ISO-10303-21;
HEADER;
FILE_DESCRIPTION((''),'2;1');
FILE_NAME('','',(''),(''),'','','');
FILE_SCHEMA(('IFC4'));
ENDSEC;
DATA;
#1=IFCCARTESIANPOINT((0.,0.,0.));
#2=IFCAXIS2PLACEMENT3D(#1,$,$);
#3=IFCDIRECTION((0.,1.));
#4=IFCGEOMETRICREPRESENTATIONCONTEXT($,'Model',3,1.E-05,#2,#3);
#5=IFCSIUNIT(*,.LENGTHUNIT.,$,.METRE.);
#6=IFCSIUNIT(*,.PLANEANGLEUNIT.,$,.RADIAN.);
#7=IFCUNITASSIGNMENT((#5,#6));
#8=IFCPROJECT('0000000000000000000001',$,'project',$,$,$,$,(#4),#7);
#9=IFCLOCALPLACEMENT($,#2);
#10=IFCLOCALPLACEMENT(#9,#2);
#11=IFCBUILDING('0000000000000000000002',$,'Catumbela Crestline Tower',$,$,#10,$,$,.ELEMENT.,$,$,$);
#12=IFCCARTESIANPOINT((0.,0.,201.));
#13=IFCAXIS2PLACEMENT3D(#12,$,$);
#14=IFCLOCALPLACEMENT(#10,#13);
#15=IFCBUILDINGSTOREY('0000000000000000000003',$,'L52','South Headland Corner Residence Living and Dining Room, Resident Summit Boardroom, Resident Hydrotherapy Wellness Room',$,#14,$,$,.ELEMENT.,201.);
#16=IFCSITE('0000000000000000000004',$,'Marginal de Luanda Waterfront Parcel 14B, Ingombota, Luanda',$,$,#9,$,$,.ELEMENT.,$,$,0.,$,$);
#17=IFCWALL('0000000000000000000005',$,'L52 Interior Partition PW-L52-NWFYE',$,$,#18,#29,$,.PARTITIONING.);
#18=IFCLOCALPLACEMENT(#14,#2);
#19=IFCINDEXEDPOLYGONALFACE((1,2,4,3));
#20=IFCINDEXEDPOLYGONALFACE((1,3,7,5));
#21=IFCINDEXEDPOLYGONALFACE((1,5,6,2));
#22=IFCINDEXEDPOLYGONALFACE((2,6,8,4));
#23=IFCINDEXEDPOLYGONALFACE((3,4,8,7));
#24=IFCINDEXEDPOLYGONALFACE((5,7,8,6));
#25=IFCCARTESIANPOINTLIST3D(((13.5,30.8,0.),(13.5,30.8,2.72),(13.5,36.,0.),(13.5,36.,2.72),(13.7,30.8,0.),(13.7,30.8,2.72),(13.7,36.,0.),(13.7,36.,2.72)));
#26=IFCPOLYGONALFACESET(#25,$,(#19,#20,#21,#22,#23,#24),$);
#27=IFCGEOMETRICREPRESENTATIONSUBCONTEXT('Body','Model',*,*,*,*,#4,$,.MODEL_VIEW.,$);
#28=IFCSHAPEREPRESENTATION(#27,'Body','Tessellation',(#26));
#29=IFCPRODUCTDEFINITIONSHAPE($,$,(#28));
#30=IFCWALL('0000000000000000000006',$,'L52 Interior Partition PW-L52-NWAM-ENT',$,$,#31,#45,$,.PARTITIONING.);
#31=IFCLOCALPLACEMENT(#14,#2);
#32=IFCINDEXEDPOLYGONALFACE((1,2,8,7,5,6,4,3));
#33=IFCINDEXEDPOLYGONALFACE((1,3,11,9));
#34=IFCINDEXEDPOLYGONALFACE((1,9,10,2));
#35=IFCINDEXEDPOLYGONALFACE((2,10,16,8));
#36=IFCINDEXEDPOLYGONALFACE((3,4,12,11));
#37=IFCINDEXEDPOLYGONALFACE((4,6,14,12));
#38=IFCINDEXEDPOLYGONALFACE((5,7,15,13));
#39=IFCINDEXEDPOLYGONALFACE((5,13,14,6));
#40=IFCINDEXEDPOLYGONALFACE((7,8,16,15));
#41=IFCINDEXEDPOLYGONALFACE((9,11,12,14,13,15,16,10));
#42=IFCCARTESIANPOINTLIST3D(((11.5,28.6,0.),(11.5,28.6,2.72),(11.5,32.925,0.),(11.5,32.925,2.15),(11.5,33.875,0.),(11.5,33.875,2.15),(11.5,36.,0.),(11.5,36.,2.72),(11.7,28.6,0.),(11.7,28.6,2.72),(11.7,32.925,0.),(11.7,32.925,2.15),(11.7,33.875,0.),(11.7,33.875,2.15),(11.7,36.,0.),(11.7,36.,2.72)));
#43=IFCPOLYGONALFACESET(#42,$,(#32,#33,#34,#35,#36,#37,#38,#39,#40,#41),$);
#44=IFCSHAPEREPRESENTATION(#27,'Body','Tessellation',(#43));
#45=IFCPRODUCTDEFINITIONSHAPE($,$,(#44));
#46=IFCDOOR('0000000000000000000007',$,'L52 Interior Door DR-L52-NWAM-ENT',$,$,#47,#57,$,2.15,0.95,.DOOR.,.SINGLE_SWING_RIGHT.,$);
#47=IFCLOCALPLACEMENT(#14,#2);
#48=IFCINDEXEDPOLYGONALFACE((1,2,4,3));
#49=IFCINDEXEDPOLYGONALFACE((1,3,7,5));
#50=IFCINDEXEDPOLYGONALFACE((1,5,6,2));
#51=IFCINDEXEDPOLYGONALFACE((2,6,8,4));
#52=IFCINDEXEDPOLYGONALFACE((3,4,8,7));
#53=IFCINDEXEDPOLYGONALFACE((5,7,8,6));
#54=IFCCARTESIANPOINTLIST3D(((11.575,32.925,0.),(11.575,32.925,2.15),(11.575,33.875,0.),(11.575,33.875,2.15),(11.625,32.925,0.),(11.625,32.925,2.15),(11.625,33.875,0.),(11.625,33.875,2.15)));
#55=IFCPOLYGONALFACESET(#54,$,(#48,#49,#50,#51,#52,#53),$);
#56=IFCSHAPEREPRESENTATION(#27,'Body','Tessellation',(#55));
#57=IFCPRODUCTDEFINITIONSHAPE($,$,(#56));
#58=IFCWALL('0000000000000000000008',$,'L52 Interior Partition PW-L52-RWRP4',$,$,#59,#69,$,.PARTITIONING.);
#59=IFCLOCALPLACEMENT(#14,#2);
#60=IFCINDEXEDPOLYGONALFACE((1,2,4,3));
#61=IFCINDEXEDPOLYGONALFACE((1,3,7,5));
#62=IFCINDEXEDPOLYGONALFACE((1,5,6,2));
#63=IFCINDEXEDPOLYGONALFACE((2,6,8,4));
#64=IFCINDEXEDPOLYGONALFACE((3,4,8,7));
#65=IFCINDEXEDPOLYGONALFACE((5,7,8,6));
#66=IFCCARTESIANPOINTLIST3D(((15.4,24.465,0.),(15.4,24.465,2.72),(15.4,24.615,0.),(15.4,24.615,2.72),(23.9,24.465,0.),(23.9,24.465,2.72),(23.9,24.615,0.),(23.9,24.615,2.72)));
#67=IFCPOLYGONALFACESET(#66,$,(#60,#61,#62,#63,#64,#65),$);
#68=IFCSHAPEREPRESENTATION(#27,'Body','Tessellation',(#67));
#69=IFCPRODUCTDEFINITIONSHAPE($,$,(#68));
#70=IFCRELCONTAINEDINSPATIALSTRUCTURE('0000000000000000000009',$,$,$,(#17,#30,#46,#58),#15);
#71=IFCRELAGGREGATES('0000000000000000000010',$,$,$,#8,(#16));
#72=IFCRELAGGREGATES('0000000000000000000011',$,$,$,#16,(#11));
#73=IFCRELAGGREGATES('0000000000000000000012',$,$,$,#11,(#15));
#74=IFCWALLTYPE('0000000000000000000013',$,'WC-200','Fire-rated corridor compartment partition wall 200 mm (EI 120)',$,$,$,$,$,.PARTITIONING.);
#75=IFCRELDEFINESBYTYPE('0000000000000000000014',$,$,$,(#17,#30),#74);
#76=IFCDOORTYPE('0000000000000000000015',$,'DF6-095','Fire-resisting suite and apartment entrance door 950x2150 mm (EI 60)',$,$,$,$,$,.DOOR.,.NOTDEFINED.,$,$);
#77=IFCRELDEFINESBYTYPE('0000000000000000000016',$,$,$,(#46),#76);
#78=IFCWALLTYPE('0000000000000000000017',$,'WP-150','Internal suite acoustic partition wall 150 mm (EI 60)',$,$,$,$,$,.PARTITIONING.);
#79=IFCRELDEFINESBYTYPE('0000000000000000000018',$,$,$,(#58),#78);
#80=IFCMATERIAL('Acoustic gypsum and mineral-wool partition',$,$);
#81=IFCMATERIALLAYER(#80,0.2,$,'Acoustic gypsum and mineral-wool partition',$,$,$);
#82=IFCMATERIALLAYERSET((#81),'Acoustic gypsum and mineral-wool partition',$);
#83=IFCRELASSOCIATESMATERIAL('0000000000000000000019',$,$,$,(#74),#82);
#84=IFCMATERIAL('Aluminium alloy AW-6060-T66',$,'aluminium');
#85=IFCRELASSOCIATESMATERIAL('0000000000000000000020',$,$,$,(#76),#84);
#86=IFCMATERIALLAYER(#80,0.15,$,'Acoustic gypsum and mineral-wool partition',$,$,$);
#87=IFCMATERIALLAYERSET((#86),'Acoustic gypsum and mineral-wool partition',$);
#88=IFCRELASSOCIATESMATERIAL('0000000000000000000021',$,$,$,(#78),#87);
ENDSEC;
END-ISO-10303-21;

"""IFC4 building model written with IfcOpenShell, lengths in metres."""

from ifc_helpers import new_model, si_unit, direction, frame, frame_2d, origin, place, context, subcontext, project, spatial, rectangle, extrude, material, layer, layer_set, type_object, element, fill, save


model = new_model("IFC4")

# Units and contexts
model_context = context("Model", 3, precision=1e-05, world=origin(), true_north=direction((0.0, 1.0)))
body_context = subcontext(model_context, "Body", "Model", "MODEL_VIEW")
ifc_project = project(units=[si_unit("LENGTHUNIT", "METRE"), si_unit("PLANEANGLEUNIT", "RADIAN")], contexts=[model_context])

# Site, building, storey
site_placement = place(None, origin())
site = spatial("IfcSite", under=ifc_project, at=site_placement, Name="Marginal de Luanda Waterfront Parcel 14B, Ingombota, Luanda", CompositionType="ELEMENT", RefElevation=0.0)
building_placement = place(site_placement, origin())
building = spatial("IfcBuilding", under=site, at=building_placement, Name="Catumbela Crestline Tower", CompositionType="ELEMENT")
storey_placement = place(building_placement, frame((0.0, 0.0, 201.0)))
storey = spatial("IfcBuildingStorey", under=building, at=storey_placement, Name="L52", Description="South Headland Corner Residence Living and Dining Room, Resident Summit Boardroom, Resident Hydrotherapy Wellness Room", CompositionType="ELEMENT", Elevation=201.0)

# Shared definitions
ifc_material_1 = material(Name="Acoustic gypsum and mineral-wool partition")
ifc_layer_1 = layer(ifc_material_1, 0.2, Name="Acoustic gypsum and mineral-wool partition")
ifc_layer_set_1 = layer_set([ifc_layer_1], Name="Acoustic gypsum and mineral-wool partition")
wall_type_1 = type_object("IfcWallType", Name="WC-200", Description="Fire-rated corridor compartment partition wall 200 mm (EI 120)", PredefinedType="PARTITIONING", material=ifc_layer_set_1)

# Shared definitions
ifc_material_2 = material(Name="Aluminium alloy AW-6060-T66", Category="aluminium")
door_type_1 = type_object("IfcDoorType", Name="DF6-095", Description="Fire-resisting suite and apartment entrance door 950x2150 mm (EI 60)", OperationType="NOTDEFINED", PredefinedType="DOOR", material=ifc_material_2)

# Wall
wall_1_placement = place(storey_placement, frame((13.6, 30.8, 0.0), z_axis=(0.0, 0.0, 1.0), x_axis=(0.0, 1.0, 0.0)))
element("IfcWall", 1, at=wall_1_placement, inside=storey, type_object=wall_type_1, Name="L52 Interior Partition PW-L52-NWFYE", PredefinedType="PARTITIONING", context=body_context, shape_type="SweptSolid", body=[
    extrude(rectangle(XDim=5.2, YDim=0.2, at=frame_2d((2.6, 0.0))), origin(), (0.0, 0.0, 1.0), 2.72),
])

# Wall, opening, door
wall_2_placement = place(storey_placement, frame((11.6, 28.6, 0.0), z_axis=(0.0, 0.0, 1.0), x_axis=(0.0, 1.0, 0.0)))
wall_2 = element("IfcWall", 2, at=wall_2_placement, inside=storey, type_object=wall_type_1, Name="L52 Interior Partition PW-L52-NWAM-ENT", PredefinedType="PARTITIONING", context=body_context, shape_type="SweptSolid", body=[
    extrude(rectangle(XDim=7.4, YDim=0.2, at=frame_2d((3.7, 0.0))), origin(), (0.0, 0.0, 1.0), 2.72),
])
opening_1_placement = place(wall_2_placement, frame((4.325, 0.0, 0.0)))
opening_1 = element("IfcOpeningElement", 3, at=opening_1_placement, cuts=wall_2, PredefinedType="OPENING", context=body_context, shape_type="SweptSolid", body=[
    extrude(rectangle(XDim=0.95, YDim=2.15, at=frame_2d((0.475, 1.075))), frame((0.0, 0.11, 0.0), z_axis=(0.0, -1.0, 0.0), x_axis=(1.0, 0.0, 0.0)), (0.0, 0.0, 1.0), 0.22),
])
door_1_placement = place(opening_1_placement, origin())
door_1 = element("IfcDoor", 4, at=door_1_placement, inside=storey, type_object=door_type_1, Name="L52 Interior Door DR-L52-NWAM-ENT", OperationType="SINGLE_SWING_RIGHT", OverallHeight=2.15, OverallWidth=0.95, PredefinedType="DOOR", context=body_context, shape_type="SweptSolid", body=[
    extrude(rectangle(XDim=0.95, YDim=2.15, at=frame_2d((0.475, 1.075))), frame((0.0, 0.025, 0.0), z_axis=(0.0, -1.0, 0.0), x_axis=(1.0, 0.0, 0.0)), (0.0, 0.0, 1.0), 0.05),
])
fill(opening_1, door_1)

# Wall
ifc_layer_2 = layer(ifc_material_1, 0.15, Name="Acoustic gypsum and mineral-wool partition")
ifc_layer_set_2 = layer_set([ifc_layer_2], Name="Acoustic gypsum and mineral-wool partition")
wall_type_2 = type_object("IfcWallType", Name="WP-150", Description="Internal suite acoustic partition wall 150 mm (EI 60)", PredefinedType="PARTITIONING", material=ifc_layer_set_2)
wall_3_placement = place(storey_placement, frame((15.4, 24.54, 0.0), z_axis=(0.0, 0.0, 1.0), x_axis=(1.0, 0.0, 0.0)))
element("IfcWall", 5, at=wall_3_placement, inside=storey, type_object=wall_type_2, Name="L52 Interior Partition PW-L52-RWRP4", PredefinedType="PARTITIONING", context=body_context, shape_type="SweptSolid", body=[
    extrude(rectangle(XDim=8.5, YDim=0.15, at=frame_2d((4.25, 0.0))), origin(), (0.0, 0.0, 1.0), 2.72),
])

save(model, "model.ifc")
